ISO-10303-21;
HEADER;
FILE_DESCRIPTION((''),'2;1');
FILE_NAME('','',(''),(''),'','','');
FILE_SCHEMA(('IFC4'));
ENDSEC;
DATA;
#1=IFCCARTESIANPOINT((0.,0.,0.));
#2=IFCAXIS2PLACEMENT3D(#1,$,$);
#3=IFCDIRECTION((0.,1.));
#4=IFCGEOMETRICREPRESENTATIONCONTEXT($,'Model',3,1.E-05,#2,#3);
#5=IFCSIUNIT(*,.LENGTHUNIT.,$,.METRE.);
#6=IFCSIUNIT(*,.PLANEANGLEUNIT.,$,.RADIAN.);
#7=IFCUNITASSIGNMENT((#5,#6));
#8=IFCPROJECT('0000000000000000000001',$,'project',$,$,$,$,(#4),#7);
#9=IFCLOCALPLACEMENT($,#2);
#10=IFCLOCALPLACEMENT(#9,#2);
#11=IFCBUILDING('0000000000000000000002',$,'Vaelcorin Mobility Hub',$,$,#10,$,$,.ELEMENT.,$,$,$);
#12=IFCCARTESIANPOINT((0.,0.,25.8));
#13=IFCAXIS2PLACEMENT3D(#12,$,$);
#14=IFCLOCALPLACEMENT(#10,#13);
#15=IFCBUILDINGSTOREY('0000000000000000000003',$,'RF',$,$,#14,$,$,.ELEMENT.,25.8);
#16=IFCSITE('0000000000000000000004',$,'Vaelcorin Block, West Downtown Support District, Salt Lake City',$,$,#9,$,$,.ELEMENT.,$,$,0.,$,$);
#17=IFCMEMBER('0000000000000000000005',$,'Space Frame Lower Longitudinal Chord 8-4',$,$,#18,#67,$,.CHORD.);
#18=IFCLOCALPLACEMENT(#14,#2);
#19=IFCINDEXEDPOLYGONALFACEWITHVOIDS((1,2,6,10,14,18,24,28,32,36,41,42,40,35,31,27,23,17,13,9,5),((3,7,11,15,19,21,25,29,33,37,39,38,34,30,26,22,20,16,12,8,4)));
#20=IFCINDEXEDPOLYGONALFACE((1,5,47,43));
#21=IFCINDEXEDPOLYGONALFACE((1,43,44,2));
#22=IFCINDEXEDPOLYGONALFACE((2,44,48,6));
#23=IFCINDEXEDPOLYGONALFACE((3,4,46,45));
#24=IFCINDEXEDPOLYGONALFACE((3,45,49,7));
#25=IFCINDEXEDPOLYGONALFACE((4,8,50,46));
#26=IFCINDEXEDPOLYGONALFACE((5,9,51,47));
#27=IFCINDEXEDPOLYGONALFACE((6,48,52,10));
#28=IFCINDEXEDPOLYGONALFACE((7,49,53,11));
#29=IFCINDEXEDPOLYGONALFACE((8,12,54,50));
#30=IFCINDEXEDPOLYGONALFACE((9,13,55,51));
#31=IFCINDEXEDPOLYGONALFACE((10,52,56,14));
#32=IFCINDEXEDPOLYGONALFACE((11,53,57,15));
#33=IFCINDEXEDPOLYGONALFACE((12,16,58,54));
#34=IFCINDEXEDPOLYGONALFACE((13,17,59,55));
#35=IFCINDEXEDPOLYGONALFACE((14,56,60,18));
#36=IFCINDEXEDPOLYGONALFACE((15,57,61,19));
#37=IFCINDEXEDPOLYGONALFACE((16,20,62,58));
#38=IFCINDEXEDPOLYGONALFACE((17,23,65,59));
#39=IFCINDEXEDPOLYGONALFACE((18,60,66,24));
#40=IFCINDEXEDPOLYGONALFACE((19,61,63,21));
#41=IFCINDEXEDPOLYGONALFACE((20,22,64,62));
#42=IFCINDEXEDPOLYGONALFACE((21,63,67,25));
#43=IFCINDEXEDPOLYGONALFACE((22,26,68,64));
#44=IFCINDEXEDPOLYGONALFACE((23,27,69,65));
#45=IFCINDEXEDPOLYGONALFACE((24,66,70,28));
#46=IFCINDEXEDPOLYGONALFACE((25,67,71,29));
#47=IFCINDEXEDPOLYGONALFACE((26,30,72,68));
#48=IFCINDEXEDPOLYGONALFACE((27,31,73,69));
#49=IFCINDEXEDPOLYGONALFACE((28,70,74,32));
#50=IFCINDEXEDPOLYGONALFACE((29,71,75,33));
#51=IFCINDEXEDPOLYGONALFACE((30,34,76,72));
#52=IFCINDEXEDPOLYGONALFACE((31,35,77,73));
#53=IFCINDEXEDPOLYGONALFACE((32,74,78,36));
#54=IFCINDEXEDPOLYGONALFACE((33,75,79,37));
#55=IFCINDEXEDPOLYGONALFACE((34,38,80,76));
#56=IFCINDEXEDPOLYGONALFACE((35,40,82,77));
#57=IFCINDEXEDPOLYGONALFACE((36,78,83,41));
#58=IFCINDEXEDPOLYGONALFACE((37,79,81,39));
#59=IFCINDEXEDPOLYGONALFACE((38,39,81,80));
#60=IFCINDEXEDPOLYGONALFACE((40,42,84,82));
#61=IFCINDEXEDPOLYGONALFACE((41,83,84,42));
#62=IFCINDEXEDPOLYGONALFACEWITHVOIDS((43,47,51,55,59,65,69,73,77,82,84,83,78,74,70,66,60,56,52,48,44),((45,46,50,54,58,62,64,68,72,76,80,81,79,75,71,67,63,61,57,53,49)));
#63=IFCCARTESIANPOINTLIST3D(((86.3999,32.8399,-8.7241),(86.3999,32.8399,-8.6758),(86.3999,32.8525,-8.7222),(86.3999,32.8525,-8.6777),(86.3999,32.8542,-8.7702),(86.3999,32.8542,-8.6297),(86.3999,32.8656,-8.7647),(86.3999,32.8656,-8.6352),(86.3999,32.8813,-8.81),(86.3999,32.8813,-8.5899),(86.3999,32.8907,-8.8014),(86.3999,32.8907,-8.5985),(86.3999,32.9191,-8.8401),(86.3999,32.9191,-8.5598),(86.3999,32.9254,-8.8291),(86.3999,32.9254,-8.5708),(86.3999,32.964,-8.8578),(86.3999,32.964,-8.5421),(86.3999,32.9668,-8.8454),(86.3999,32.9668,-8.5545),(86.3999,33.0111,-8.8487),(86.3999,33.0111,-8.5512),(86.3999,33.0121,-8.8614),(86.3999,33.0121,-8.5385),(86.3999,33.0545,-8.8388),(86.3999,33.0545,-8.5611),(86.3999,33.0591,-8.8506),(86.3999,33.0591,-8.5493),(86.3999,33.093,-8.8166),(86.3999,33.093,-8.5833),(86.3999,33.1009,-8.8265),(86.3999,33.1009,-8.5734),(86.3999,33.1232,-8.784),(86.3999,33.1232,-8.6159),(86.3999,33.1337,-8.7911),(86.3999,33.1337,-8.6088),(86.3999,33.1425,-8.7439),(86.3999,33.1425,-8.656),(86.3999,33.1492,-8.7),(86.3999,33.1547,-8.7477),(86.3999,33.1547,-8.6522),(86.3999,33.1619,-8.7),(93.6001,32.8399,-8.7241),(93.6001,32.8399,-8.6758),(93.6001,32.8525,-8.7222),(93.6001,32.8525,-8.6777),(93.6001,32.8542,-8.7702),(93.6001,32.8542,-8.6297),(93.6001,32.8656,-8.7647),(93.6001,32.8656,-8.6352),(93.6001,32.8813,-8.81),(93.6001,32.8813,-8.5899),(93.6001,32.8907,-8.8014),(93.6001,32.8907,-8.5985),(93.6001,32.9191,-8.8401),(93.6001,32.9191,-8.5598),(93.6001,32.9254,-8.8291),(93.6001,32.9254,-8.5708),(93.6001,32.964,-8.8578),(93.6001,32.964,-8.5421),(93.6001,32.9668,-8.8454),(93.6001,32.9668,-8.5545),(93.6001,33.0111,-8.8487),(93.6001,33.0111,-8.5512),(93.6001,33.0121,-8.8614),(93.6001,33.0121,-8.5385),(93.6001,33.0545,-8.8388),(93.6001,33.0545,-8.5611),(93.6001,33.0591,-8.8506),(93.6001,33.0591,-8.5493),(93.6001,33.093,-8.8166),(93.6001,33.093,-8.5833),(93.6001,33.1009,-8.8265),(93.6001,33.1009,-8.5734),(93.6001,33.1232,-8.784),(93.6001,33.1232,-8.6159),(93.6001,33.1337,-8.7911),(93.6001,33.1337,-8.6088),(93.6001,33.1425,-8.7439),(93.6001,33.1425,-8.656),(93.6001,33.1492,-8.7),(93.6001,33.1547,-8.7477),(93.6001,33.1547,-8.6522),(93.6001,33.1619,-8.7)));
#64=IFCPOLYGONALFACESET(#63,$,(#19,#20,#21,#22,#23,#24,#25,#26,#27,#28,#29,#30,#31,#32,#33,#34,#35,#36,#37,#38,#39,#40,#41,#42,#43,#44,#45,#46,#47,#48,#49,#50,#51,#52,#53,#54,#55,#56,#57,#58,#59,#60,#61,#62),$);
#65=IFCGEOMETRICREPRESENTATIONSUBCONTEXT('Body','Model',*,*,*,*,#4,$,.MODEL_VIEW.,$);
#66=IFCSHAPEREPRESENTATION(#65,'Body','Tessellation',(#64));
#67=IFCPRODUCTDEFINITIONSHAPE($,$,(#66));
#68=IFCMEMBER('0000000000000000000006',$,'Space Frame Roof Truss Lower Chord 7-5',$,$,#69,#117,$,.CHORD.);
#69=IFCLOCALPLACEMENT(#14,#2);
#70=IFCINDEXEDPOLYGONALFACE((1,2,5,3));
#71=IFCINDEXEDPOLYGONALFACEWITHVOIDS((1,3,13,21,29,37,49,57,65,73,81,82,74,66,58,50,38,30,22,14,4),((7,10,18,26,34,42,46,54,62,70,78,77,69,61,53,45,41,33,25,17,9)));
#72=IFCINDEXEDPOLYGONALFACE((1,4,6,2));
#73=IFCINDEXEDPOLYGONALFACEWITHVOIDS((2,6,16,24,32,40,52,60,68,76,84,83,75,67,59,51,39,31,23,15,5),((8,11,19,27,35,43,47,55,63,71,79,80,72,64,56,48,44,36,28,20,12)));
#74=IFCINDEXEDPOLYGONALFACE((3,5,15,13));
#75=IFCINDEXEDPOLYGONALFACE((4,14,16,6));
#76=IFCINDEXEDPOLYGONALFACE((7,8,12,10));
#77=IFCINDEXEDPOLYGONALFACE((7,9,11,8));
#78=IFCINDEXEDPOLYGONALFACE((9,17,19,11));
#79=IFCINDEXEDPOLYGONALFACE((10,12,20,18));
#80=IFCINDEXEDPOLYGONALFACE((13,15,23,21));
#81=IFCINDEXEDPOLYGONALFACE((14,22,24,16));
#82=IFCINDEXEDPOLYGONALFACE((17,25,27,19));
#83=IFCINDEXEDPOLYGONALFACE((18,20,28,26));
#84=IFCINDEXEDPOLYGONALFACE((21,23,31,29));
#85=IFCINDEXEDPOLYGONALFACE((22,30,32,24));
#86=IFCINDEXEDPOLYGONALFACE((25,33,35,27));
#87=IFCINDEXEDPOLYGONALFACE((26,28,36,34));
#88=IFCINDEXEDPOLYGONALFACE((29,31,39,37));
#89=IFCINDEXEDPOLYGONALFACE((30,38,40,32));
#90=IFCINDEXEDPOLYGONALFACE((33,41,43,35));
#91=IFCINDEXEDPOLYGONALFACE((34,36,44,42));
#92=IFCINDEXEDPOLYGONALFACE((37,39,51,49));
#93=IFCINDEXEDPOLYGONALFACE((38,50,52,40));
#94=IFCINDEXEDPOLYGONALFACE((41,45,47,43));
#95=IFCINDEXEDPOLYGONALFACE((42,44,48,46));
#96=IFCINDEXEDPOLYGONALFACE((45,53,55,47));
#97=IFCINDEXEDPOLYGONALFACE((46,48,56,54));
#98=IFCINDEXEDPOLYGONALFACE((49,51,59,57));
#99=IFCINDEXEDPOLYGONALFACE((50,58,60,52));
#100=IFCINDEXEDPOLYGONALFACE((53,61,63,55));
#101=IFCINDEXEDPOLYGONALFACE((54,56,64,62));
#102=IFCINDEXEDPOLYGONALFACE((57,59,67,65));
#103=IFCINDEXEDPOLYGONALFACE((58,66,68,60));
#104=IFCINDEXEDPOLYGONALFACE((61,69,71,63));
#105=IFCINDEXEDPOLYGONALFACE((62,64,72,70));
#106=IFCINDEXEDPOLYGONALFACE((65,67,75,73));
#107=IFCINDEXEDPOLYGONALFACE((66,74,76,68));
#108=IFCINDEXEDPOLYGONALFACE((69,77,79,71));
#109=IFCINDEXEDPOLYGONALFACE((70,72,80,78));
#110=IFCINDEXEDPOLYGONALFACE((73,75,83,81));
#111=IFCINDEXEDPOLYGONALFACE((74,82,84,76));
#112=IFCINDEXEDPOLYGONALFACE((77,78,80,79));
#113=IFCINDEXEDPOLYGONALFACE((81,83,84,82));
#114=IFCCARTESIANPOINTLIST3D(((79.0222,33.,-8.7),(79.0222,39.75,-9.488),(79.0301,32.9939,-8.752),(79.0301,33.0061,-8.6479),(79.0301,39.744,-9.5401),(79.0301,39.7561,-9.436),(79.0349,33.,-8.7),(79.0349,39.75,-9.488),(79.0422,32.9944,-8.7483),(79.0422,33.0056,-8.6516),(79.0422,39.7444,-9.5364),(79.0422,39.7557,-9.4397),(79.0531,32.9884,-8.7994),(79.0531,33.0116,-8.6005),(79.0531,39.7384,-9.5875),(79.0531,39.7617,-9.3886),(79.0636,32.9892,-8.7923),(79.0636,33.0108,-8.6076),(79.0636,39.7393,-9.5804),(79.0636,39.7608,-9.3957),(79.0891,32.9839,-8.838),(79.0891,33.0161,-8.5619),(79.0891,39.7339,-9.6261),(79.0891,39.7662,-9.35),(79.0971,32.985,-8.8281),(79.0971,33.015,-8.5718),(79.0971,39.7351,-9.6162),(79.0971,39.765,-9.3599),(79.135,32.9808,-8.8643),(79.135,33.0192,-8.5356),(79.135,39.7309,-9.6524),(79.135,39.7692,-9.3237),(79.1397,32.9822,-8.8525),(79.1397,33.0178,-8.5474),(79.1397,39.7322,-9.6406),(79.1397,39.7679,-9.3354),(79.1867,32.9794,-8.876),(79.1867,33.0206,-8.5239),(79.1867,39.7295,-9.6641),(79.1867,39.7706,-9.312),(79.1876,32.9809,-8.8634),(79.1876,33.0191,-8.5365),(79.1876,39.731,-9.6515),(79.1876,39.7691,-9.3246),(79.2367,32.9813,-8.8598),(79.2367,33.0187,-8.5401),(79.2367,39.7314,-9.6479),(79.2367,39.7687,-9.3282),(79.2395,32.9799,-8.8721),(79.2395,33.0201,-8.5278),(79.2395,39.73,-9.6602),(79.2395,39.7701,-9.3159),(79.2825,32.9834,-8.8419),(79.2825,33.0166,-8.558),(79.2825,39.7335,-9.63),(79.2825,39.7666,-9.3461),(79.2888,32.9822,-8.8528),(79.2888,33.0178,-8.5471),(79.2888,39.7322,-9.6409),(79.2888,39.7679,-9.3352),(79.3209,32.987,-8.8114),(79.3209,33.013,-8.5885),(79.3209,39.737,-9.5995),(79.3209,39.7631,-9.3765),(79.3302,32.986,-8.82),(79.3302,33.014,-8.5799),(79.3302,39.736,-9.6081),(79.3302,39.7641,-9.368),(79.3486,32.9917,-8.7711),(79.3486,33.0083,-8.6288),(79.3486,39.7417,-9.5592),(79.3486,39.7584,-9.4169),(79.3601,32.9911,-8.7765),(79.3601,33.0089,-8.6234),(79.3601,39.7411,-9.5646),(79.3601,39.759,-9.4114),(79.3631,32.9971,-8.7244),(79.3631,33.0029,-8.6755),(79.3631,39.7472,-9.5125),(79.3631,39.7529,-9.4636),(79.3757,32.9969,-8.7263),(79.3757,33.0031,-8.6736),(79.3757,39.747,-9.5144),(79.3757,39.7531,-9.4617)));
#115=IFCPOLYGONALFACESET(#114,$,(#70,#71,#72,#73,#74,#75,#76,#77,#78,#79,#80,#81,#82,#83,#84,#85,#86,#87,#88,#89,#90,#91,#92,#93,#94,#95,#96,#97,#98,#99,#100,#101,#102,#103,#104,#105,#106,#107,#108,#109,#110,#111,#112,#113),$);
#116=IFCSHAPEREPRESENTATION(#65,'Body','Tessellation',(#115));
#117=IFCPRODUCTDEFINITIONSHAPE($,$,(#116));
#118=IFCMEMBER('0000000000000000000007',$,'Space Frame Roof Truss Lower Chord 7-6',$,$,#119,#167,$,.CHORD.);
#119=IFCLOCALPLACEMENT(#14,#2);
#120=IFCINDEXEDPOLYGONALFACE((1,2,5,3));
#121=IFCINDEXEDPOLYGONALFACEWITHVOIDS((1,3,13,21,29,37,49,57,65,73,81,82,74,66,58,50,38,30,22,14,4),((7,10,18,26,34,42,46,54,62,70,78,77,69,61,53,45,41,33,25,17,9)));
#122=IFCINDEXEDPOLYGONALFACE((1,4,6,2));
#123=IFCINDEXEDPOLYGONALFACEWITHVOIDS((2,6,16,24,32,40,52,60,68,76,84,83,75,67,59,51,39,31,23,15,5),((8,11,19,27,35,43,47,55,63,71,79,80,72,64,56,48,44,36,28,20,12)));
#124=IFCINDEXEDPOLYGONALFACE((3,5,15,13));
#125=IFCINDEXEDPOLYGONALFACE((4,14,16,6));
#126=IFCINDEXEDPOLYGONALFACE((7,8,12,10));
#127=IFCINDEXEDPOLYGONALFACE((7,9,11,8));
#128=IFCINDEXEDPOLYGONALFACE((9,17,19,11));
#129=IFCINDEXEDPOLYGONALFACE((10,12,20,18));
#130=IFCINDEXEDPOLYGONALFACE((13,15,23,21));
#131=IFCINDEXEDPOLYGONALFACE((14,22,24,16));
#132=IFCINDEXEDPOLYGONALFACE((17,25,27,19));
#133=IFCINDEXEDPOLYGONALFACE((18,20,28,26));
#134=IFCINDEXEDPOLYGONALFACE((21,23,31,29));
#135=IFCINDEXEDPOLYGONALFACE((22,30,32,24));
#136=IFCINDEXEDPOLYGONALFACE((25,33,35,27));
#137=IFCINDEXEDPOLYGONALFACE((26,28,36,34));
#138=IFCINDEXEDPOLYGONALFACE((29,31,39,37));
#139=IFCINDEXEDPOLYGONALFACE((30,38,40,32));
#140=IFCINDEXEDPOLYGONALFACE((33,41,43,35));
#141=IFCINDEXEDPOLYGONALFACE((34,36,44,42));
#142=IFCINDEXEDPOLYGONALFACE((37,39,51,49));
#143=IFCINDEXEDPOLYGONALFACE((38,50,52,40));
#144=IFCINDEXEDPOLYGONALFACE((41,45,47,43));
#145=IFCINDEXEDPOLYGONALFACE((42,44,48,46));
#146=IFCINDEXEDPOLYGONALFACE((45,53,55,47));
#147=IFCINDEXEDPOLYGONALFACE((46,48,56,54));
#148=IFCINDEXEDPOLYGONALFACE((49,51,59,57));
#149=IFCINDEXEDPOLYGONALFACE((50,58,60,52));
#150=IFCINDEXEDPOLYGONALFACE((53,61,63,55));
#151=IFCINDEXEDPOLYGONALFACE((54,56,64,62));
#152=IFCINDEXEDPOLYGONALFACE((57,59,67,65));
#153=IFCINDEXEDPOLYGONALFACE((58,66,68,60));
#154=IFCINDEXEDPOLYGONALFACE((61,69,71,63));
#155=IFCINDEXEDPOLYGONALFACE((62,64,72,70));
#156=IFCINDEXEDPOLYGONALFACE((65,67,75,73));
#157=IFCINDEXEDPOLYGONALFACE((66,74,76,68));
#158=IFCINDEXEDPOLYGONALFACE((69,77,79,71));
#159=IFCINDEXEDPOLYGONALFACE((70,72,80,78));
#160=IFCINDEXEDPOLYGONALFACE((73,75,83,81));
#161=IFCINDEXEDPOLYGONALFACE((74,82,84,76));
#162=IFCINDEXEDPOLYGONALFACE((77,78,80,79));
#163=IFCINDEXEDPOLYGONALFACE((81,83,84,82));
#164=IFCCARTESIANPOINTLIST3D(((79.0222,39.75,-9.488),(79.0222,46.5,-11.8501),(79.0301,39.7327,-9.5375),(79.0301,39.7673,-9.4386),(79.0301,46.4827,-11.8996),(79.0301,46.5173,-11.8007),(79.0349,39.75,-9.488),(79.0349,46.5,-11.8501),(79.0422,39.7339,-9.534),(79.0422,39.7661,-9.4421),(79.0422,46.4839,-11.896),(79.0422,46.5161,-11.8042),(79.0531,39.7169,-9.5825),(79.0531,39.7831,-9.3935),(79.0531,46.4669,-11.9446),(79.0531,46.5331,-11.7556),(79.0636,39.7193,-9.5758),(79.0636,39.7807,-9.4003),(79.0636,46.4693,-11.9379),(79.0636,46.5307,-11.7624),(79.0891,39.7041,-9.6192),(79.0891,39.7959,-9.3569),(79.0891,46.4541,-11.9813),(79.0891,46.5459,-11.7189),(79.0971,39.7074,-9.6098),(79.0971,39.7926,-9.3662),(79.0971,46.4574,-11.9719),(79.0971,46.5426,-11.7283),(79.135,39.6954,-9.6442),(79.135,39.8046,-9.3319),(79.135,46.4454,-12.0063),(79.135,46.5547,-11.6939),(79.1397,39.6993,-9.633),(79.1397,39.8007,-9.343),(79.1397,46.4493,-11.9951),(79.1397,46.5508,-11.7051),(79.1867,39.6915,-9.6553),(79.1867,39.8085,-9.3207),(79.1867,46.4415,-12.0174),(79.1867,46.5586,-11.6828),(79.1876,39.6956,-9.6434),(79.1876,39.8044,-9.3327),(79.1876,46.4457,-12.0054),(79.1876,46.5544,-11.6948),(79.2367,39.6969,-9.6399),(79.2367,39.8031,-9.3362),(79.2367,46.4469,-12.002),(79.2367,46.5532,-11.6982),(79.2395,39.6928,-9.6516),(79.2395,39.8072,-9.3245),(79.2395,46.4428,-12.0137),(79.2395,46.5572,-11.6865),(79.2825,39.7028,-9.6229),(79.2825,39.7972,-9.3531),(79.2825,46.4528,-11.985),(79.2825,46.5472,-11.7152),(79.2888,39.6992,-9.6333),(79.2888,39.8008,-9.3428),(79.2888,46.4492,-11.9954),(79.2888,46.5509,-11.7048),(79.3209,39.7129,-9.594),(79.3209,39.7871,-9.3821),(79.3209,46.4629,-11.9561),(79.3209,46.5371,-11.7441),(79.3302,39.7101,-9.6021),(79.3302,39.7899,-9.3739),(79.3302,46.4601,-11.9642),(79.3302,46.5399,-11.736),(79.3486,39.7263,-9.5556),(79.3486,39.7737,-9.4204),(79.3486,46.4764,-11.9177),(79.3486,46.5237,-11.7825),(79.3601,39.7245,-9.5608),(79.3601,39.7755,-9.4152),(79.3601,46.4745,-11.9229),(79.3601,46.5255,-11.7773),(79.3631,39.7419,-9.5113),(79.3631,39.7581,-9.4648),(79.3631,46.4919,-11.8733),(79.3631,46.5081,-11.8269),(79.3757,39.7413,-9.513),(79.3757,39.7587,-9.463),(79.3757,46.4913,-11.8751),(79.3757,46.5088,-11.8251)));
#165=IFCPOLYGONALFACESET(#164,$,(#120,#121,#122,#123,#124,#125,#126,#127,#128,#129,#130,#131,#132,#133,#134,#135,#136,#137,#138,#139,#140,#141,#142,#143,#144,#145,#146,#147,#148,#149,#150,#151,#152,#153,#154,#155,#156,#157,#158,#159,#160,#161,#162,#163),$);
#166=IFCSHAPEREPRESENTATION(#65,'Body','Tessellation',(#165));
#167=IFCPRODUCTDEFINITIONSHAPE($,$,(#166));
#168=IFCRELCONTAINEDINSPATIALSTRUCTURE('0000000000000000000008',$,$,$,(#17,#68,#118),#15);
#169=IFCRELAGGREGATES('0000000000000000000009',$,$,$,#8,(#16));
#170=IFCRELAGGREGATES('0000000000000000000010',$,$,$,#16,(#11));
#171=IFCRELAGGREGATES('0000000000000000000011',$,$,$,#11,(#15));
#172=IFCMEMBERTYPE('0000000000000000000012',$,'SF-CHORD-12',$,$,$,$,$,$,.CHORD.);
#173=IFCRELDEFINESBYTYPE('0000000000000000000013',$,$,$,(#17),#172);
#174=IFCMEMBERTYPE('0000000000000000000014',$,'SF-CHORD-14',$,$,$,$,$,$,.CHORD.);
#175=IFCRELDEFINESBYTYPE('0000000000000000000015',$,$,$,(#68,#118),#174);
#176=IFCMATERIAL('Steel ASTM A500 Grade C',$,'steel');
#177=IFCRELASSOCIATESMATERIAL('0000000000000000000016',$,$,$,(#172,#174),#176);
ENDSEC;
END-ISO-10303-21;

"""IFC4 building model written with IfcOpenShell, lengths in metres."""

from ifc_helpers import new_model, si_unit, direction, frame, origin, origin_2d, place, context, subcontext, project, spatial, hollow_circle, extrude, material, material_profile, profile_set, type_object, element, save


model = new_model("IFC4")

# Units and contexts
model_context = context("Model", 3, precision=1e-05, world=origin(), true_north=direction((0.0, 1.0)))
body_context = subcontext(model_context, "Body", "Model", "MODEL_VIEW")
ifc_project = project(units=[si_unit("LENGTHUNIT", "METRE"), si_unit("PLANEANGLEUNIT", "RADIAN")], contexts=[model_context])

# Site, building, storey
site_placement = place(None, origin())
site = spatial("IfcSite", under=ifc_project, at=site_placement, Name="Vaelcorin Block, West Downtown Support District, Salt Lake City", CompositionType="ELEMENT", RefElevation=0.0)
building_placement = place(site_placement, origin())
building = spatial("IfcBuilding", under=site, at=building_placement, Name="Vaelcorin Mobility Hub", CompositionType="ELEMENT")
storey_placement = place(building_placement, frame((0.0, 0.0, 25.8)))
storey = spatial("IfcBuildingStorey", under=building, at=storey_placement, Name="RF", CompositionType="ELEMENT", Elevation=25.8)

# Members
ifc_material_1 = material(Name="Steel ASTM A500 Grade C", Category="steel")
ifc_material_profile_1 = material_profile(ifc_material_1, hollow_circle(Radius=0.1619, WallThickness=0.0127, at=origin_2d()), Name="HSS12.750X0.500")
ifc_profile_set_1 = profile_set([ifc_material_profile_1], Name="Steel ASTM A500 Grade C")
member_type_1 = type_object("IfcMemberType", Name="SF-CHORD-12", PredefinedType="CHORD", material=ifc_profile_set_1)
for number, where, z_axis, x_axis, name in (
    (1, (86.3999, 33.0, -8.7), (1.0, 0.0, 0.0), (0.0, 1.0, 0.0), "Space Frame Lower Longitudinal Chord 8-4"),
):
    element("IfcMember", number, at=place(storey_placement, frame(where, z_axis=z_axis, x_axis=x_axis)), inside=storey, type_object=member_type_1, Name=name, PredefinedType="CHORD", context=body_context, shape_type="SweptSolid", body=[
        extrude(hollow_circle(Radius=0.1619, WallThickness=0.0127, at=origin_2d()), origin(), (0.0, 0.0, 1.0), 7.2002),
    ])
ifc_material_profile_2 = material_profile(ifc_material_1, hollow_circle(Radius=0.1777, WallThickness=0.0127, at=origin_2d()), Name="HSS14.000X0.500")
ifc_profile_set_2 = profile_set([ifc_material_profile_2], Name="Steel ASTM A500 Grade C")
member_type_2 = type_object("IfcMemberType", Name="SF-CHORD-14", PredefinedType="CHORD", material=ifc_profile_set_2)
member_1_placement = place(storey_placement, frame((79.2, 33.0, -8.7), z_axis=(0.0, 0.993253, -0.115966), x_axis=(-1.0, 0.0, 0.0)))
element("IfcMember", 2, at=member_1_placement, inside=storey, type_object=member_type_2, Name="Space Frame Roof Truss Lower Chord 7-5", PredefinedType="CHORD", context=body_context, shape_type="SweptSolid", body=[
    extrude(hollow_circle(Radius=0.1777, WallThickness=0.0127, at=origin_2d()), origin(), (0.0, 0.0, 1.0), 6.7959),
])
member_2_placement = place(storey_placement, frame((79.2, 39.75, -9.488), z_axis=(0.0, 0.943878, -0.330296), x_axis=(-1.0, 0.0, 0.0)))
element("IfcMember", 3, at=member_2_placement, inside=storey, type_object=member_type_2, Name="Space Frame Roof Truss Lower Chord 7-6", PredefinedType="CHORD", context=body_context, shape_type="SweptSolid", body=[
    extrude(hollow_circle(Radius=0.1777, WallThickness=0.0127, at=origin_2d()), origin(), (0.0, 0.0, 1.0), 7.1514),
])

save(model, "model.ifc")
